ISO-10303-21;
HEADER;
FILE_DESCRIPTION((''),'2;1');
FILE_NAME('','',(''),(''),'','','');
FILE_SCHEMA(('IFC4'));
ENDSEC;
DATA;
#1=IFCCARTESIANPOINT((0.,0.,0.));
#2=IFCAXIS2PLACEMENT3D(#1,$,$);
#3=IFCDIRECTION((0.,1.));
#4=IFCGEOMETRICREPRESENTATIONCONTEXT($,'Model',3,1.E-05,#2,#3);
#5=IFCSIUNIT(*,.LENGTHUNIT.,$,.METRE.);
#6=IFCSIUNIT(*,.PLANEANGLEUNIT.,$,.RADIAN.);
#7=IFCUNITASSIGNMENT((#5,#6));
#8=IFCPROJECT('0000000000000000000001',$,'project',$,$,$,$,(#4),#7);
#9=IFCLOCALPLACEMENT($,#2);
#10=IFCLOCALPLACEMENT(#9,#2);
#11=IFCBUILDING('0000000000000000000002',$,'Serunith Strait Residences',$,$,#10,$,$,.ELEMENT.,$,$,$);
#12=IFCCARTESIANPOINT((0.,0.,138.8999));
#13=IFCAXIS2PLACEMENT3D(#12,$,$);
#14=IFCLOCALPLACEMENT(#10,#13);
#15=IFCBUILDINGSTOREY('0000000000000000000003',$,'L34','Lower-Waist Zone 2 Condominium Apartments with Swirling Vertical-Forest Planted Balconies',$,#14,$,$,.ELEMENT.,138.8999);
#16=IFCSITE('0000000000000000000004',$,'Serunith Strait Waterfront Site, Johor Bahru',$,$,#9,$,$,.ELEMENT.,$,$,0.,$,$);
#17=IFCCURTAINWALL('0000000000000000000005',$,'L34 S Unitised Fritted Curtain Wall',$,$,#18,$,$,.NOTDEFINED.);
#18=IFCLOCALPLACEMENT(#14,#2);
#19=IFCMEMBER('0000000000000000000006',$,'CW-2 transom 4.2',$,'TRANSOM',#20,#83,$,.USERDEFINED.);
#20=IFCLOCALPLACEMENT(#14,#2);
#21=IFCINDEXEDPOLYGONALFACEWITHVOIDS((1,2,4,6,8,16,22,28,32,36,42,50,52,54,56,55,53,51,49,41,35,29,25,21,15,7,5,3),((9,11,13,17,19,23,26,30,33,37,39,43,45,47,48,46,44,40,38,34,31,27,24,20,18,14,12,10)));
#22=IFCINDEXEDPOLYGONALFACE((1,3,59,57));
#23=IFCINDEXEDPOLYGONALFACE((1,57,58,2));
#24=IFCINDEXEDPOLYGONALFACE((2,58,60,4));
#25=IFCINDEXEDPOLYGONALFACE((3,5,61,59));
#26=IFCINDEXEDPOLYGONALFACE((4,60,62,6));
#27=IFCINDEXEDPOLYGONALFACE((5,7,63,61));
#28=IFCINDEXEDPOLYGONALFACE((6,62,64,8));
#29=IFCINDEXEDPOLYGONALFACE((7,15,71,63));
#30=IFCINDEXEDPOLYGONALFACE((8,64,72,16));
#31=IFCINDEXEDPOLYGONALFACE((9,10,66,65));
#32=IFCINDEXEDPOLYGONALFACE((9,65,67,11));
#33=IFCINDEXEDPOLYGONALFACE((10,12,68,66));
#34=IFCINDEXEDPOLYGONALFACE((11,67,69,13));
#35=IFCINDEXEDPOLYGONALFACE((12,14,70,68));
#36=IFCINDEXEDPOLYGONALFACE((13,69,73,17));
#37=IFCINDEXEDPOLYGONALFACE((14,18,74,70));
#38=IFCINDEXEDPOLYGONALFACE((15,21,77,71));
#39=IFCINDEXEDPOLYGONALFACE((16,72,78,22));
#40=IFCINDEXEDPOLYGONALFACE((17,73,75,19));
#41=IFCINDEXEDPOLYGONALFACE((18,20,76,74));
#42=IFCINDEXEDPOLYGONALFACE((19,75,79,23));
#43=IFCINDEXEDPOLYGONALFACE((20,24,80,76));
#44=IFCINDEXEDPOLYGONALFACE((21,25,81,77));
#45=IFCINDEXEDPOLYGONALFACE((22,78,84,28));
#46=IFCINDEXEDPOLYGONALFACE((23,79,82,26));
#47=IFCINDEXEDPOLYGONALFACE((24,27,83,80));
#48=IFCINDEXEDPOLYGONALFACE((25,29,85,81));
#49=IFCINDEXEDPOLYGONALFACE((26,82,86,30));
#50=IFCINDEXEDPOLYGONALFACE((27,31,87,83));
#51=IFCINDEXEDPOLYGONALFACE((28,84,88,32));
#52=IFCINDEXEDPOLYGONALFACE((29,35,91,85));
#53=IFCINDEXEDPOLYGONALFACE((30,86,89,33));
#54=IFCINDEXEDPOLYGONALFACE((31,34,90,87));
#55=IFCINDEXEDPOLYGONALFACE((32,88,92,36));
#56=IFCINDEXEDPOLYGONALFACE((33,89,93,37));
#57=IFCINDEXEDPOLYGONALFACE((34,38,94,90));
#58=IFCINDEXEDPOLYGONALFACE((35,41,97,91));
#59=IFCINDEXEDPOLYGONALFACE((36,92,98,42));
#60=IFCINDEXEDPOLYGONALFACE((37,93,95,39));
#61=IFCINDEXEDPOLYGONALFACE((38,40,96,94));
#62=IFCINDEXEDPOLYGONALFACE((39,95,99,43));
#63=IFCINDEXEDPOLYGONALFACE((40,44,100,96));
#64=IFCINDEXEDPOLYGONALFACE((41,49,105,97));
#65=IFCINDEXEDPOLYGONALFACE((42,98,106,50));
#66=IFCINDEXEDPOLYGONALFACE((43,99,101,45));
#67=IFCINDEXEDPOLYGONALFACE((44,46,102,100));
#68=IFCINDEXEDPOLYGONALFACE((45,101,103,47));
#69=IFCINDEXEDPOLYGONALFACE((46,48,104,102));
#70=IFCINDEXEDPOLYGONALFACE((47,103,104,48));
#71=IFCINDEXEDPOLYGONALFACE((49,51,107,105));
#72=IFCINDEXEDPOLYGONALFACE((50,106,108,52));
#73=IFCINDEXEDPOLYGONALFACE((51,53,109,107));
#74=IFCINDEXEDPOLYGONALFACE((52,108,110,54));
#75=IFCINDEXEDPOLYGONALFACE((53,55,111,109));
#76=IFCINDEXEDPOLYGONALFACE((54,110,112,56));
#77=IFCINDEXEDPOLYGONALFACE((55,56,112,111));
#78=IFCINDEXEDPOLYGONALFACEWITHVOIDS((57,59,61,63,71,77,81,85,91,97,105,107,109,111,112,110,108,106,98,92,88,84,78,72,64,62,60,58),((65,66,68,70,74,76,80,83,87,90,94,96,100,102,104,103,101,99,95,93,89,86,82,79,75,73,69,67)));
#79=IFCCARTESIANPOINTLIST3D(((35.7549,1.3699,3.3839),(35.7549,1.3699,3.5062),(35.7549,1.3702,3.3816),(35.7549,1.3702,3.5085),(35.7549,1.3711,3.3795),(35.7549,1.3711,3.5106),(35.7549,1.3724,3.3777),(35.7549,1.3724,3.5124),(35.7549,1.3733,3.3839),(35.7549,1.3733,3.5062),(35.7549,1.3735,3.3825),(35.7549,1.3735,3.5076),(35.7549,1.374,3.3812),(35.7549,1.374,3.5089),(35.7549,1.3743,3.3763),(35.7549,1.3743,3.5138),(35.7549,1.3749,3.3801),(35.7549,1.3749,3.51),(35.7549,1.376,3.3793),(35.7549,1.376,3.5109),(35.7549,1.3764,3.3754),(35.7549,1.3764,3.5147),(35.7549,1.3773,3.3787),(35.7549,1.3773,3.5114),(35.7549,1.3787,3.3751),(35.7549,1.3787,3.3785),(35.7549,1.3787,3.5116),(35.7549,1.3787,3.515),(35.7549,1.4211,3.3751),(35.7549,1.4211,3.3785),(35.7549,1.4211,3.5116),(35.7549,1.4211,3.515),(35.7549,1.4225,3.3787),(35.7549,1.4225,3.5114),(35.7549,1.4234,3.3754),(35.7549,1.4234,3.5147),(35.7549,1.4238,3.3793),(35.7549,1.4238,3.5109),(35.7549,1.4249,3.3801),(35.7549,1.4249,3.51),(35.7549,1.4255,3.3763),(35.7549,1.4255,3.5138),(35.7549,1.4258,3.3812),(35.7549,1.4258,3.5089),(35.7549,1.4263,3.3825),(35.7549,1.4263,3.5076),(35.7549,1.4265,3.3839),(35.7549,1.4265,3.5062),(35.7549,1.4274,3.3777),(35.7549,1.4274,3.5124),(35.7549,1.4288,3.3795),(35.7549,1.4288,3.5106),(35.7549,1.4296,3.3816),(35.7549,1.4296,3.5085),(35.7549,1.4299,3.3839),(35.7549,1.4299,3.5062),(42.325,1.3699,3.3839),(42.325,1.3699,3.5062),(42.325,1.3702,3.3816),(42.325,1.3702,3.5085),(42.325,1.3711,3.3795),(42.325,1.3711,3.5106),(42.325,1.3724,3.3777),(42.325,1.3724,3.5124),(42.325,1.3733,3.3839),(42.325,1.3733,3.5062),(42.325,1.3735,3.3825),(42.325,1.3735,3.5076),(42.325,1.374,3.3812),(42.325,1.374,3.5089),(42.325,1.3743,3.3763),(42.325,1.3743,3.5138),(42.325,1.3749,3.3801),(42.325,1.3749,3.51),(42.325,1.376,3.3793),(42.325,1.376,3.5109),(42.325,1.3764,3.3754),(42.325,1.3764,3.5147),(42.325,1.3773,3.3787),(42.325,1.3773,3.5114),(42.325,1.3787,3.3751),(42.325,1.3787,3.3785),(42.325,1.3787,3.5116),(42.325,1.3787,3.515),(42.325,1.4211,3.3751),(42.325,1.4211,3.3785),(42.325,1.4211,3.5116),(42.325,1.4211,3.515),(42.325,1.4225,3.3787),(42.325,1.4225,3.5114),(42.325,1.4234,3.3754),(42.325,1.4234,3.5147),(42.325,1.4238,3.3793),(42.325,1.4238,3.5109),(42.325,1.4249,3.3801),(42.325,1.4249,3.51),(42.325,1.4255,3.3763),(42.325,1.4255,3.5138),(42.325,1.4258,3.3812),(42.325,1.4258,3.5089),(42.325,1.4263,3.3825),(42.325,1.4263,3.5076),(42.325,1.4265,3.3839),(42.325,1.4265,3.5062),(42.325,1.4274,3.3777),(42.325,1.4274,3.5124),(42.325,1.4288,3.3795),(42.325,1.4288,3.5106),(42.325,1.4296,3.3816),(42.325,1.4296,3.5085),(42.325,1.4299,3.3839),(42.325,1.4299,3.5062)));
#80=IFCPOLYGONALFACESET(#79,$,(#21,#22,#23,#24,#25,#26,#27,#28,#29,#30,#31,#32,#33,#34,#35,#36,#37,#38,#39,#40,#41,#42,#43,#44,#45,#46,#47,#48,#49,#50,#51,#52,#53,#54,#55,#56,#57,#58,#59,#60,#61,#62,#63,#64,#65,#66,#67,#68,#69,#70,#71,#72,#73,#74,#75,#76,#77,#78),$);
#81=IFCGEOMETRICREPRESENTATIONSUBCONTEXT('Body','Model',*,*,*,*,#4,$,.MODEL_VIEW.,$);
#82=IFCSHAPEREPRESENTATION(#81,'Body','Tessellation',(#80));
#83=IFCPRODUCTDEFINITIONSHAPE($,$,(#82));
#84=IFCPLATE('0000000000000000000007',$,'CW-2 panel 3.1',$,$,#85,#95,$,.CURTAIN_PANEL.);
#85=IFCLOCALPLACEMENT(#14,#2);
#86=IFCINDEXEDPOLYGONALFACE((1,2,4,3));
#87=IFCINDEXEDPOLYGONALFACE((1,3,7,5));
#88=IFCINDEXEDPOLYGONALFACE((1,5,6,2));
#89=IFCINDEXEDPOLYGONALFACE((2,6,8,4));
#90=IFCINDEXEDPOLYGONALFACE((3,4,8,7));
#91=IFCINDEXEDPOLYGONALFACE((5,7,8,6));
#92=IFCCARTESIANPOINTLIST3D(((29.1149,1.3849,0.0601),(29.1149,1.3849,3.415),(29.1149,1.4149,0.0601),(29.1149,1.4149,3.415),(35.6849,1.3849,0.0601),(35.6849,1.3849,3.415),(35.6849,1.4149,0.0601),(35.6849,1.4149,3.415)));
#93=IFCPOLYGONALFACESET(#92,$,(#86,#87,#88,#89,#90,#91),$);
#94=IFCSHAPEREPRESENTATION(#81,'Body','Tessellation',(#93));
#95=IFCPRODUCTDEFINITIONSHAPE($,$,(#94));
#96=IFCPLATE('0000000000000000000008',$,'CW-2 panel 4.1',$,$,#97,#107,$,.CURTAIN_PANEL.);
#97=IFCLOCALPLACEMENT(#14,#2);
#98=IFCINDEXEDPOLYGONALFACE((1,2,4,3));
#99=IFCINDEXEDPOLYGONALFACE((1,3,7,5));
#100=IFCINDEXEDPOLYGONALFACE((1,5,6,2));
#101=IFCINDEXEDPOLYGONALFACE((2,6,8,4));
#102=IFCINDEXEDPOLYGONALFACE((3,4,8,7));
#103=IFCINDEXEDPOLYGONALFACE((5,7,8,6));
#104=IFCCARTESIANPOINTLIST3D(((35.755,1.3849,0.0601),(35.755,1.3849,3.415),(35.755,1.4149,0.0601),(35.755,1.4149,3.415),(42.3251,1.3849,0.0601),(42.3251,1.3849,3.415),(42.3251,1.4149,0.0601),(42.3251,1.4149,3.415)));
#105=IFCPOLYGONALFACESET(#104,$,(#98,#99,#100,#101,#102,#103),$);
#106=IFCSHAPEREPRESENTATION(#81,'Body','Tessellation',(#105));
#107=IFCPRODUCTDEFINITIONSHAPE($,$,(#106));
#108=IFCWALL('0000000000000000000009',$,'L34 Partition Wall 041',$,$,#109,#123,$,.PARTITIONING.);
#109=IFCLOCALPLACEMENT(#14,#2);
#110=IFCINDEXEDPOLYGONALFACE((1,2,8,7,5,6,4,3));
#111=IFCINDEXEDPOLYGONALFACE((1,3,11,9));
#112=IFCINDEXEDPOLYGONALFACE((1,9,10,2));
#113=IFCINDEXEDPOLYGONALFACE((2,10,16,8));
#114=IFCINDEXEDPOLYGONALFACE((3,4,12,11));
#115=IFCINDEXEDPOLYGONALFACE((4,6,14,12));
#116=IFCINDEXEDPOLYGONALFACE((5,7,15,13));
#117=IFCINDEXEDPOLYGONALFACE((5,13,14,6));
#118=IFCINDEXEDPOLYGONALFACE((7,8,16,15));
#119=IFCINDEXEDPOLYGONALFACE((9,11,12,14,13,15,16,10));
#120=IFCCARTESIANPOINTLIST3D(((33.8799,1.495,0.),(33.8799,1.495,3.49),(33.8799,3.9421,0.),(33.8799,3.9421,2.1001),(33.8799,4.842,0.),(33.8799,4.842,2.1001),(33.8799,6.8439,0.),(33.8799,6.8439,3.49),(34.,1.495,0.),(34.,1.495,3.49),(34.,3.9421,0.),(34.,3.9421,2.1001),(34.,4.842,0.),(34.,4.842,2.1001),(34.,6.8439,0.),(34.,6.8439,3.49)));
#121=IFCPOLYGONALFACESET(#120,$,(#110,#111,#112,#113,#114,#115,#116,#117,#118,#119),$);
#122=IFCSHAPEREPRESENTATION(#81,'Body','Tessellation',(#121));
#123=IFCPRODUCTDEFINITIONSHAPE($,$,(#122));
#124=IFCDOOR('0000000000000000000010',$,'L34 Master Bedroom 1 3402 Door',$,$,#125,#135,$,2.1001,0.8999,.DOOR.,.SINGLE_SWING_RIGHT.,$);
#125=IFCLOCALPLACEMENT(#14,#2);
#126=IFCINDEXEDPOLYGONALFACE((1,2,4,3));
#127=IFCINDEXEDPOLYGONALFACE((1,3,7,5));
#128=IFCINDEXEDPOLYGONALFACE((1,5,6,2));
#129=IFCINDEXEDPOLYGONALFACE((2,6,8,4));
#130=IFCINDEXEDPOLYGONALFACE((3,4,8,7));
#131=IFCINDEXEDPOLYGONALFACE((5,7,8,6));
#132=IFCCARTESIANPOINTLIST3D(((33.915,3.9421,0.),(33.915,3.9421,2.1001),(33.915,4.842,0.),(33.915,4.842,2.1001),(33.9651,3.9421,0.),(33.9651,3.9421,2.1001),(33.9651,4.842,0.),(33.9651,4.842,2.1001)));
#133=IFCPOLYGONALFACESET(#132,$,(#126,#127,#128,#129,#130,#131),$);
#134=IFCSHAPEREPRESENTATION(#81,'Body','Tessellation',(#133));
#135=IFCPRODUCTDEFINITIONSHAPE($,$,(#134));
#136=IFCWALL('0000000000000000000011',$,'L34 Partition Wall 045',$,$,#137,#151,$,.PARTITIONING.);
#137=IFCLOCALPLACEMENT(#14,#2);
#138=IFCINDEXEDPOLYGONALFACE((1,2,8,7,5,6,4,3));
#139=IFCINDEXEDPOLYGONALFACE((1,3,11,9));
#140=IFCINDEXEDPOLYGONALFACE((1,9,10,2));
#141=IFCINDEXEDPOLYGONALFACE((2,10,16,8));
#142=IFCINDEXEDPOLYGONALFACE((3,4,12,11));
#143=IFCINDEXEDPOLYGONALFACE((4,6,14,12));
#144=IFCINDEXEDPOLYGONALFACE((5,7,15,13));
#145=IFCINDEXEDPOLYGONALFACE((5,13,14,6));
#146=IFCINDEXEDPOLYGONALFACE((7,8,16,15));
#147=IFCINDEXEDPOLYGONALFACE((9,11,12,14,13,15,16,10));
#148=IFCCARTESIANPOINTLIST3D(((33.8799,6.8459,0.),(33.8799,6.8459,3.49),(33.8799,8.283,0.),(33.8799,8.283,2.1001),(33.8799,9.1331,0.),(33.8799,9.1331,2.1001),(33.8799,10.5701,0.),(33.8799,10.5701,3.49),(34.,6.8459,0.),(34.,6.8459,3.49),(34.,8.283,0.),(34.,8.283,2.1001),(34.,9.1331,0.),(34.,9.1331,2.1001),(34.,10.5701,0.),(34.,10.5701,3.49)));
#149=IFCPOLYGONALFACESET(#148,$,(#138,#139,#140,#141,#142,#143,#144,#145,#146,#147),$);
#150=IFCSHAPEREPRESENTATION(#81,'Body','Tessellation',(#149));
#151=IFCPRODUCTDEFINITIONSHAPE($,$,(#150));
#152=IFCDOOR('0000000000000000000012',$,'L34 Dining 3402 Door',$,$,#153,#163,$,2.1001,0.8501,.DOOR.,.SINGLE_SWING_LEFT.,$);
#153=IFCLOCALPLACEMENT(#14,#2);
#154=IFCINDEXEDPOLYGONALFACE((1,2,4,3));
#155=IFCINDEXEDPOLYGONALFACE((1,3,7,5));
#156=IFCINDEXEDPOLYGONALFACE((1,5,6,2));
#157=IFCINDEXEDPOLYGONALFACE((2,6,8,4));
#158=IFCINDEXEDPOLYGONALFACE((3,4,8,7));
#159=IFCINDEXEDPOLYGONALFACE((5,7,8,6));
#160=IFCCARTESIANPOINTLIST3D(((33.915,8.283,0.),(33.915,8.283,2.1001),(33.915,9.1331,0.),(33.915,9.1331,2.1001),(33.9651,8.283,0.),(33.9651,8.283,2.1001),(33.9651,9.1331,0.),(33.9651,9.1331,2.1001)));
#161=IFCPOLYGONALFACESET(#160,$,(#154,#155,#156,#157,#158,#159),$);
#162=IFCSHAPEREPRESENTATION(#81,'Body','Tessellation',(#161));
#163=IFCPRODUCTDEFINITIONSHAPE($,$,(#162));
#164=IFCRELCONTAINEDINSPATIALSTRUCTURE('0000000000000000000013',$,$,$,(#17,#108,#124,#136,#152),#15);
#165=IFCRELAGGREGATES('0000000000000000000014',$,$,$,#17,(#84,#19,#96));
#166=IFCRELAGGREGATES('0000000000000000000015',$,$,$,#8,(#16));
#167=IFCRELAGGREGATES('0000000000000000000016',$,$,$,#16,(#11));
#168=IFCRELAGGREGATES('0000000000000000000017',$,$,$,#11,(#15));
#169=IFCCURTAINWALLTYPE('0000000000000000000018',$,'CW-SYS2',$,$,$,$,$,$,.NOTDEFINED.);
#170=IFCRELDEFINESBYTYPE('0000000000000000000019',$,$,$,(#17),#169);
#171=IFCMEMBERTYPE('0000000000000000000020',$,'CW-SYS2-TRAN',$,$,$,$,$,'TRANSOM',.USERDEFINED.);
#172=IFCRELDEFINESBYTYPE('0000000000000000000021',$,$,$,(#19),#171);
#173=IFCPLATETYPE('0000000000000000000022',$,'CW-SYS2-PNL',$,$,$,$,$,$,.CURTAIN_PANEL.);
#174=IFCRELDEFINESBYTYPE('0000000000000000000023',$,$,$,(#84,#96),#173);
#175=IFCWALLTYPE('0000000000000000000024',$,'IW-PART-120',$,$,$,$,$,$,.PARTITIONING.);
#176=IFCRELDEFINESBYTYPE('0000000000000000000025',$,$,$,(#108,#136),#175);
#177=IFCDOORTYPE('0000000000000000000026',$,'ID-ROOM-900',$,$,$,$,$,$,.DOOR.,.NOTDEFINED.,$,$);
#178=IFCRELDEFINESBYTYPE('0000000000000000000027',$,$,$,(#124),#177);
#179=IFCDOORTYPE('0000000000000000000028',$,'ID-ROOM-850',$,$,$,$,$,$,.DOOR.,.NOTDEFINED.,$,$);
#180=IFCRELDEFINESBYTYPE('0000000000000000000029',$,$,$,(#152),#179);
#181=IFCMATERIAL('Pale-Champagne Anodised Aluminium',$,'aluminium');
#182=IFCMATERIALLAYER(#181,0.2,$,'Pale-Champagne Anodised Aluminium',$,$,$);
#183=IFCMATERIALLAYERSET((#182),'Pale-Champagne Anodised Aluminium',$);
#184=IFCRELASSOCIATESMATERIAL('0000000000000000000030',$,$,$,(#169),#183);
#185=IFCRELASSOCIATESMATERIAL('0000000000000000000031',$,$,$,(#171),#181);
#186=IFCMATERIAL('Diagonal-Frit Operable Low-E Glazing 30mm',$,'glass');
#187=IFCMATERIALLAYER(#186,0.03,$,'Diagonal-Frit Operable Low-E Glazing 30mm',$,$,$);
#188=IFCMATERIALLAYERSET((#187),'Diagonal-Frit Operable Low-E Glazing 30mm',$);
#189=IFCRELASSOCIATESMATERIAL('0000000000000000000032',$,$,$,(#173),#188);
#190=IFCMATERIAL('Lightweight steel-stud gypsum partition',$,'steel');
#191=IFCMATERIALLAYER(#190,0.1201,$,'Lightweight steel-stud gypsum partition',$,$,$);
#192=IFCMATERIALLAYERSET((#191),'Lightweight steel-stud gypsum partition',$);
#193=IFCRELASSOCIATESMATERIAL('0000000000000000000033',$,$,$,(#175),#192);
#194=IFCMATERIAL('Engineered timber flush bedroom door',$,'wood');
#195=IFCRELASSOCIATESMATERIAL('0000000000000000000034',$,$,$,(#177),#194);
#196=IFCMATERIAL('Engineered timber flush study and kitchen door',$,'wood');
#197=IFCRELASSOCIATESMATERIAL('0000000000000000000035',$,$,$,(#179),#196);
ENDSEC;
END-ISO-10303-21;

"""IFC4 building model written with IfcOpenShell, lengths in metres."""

from ifc_helpers import new_model, si_unit, direction, frame, frame_2d, origin, origin_2d, place, context, subcontext, project, spatial, rectangle, hollow_rectangle, extrude, source, transform, mapped, material, layer, layer_set, material_profile, profile_set, type_object, element, fill, aggregate, save


model = new_model("IFC4")

# Units and contexts
model_context = context("Model", 3, precision=1e-05, world=origin(), true_north=direction((0.0, 1.0)))
body_context = subcontext(model_context, "Body", "Model", "MODEL_VIEW")
ifc_project = project(units=[si_unit("LENGTHUNIT", "METRE"), si_unit("PLANEANGLEUNIT", "RADIAN")], contexts=[model_context])

# Site, building, storey
site_placement = place(None, origin())
site = spatial("IfcSite", under=ifc_project, at=site_placement, Name="Serunith Strait Waterfront Site, Johor Bahru", CompositionType="ELEMENT", RefElevation=0.0)
building_placement = place(site_placement, origin())
building = spatial("IfcBuilding", under=site, at=building_placement, Name="Serunith Strait Residences", CompositionType="ELEMENT")
storey_placement = place(building_placement, frame((0.0, 0.0, 138.8999)))
storey = spatial("IfcBuildingStorey", under=building, at=storey_placement, Name="L34", Description="Lower-Waist Zone 2 Condominium Apartments with Swirling Vertical-Forest Planted Balconies", CompositionType="ELEMENT", Elevation=138.8999)

# Curtain wall, member, plates
ifc_material_1 = material(Name="Pale-Champagne Anodised Aluminium", Category="aluminium")
ifc_layer_1 = layer(ifc_material_1, 0.2, Name="Pale-Champagne Anodised Aluminium")
ifc_layer_set_1 = layer_set([ifc_layer_1], Name="Pale-Champagne Anodised Aluminium")
curtain_wall_type = type_object("IfcCurtainWallType", Name="CW-SYS2", PredefinedType="NOTDEFINED", material=ifc_layer_set_1)
curtain_wall_placement = place(storey_placement, origin())
curtain_wall = element("IfcCurtainWall", 1, at=curtain_wall_placement, inside=storey, type_object=curtain_wall_type, Name="L34 S Unitised Fritted Curtain Wall", PredefinedType="NOTDEFINED")
ifc_material_profile_1 = material_profile(ifc_material_1, hollow_rectangle(XDim=0.0601, YDim=0.1399, WallThickness=0.0034, InnerFilletRadius=0.0054, OuterFilletRadius=0.0088, at=origin_2d()), Name="ALU 140x60x3.5")
ifc_profile_set_1 = profile_set([ifc_material_profile_1], Name="Pale-Champagne Anodised Aluminium")
member_type_1 = type_object("IfcMemberType", Name="CW-SYS2-TRAN", ElementType="TRANSOM", PredefinedType="USERDEFINED", material=ifc_profile_set_1)
shared_shape_1 = source(origin(), body_context, "Body", "SweptSolid", [
    extrude(hollow_rectangle(XDim=0.0601, YDim=0.1399, WallThickness=0.0034, InnerFilletRadius=0.0054, OuterFilletRadius=0.0088, at=origin_2d()), origin(), (0.0, 0.0, 1.0), 6.5701),
])
member_1_placement = place(storey_placement, frame((35.7549, 1.3999, 3.4451), z_axis=(1.0, 0.0, 0.0), x_axis=(0.0, 1.0, 0.0)))
member_1 = element("IfcMember", 2, at=member_1_placement, type_object=member_type_1, Name="CW-2 transom 4.2", ObjectType="TRANSOM", PredefinedType="USERDEFINED", context=body_context, shape_type="MappedRepresentation", body=[
    mapped(shared_shape_1, transform((0.0, 0.0, 0.0), scale=1.0)),
])
ifc_material_2 = material(Name="Diagonal-Frit Operable Low-E Glazing 30mm", Category="glass")
ifc_layer_2 = layer(ifc_material_2, 0.03, Name="Diagonal-Frit Operable Low-E Glazing 30mm")
ifc_layer_set_2 = layer_set([ifc_layer_2], Name="Diagonal-Frit Operable Low-E Glazing 30mm")
plate_type = type_object("IfcPlateType", Name="CW-SYS2-PNL", PredefinedType="CURTAIN_PANEL", material=ifc_layer_set_2)
shared_shape_2 = source(origin(), body_context, "Body", "SweptSolid", [
    extrude(rectangle(XDim=6.5701, YDim=0.03, at=origin_2d()), origin(), (0.0, 0.0, 1.0), 3.355),
])
plate_1_placement = place(storey_placement, frame((32.3999, 1.3999, 0.0601), z_axis=(0.0, 0.0, 1.0), x_axis=(1.0, 0.0, 0.0)))
plate_1 = element("IfcPlate", 3, at=plate_1_placement, type_object=plate_type, Name="CW-2 panel 3.1", PredefinedType="CURTAIN_PANEL", context=body_context, shape_type="MappedRepresentation", body=[
    mapped(shared_shape_2, transform((0.0, 0.0, 0.0), scale=1.0)),
])
plate_2_placement = place(storey_placement, frame((39.04, 1.3999, 0.0601), z_axis=(0.0, 0.0, 1.0), x_axis=(1.0, 0.0, 0.0)))
plate_2 = element("IfcPlate", 4, at=plate_2_placement, type_object=plate_type, Name="CW-2 panel 4.1", PredefinedType="CURTAIN_PANEL", context=body_context, shape_type="MappedRepresentation", body=[
    mapped(shared_shape_2, transform((0.0, 0.0, 0.0), scale=1.0)),
])
aggregate(curtain_wall, [plate_1, member_1, plate_2])

# Walls, openings, doors
ifc_material_3 = material(Name="Lightweight steel-stud gypsum partition", Category="steel")
ifc_layer_3 = layer(ifc_material_3, 0.1201, Name="Lightweight steel-stud gypsum partition")
ifc_layer_set_3 = layer_set([ifc_layer_3], Name="Lightweight steel-stud gypsum partition")
wall_type_1 = type_object("IfcWallType", Name="IW-PART-120", PredefinedType="PARTITIONING", material=ifc_layer_set_3)
wall_1_placement = place(storey_placement, frame((33.9399, 1.4951, 0.0), z_axis=(0.0, 0.0, 1.0), x_axis=(0.0, 1.0, 0.0)))
wall_1 = element("IfcWall", 5, at=wall_1_placement, inside=storey, type_object=wall_type_1, Name="L34 Partition Wall 041", PredefinedType="PARTITIONING", context=body_context, shape_type="SweptSolid", body=[
    extrude(rectangle(XDim=5.3489, YDim=0.1201, at=frame_2d((2.6743, 0.0))), origin(), (0.0, 0.0, 1.0), 3.49),
])
opening_1_placement = place(wall_1_placement, frame((2.447, 0.0, 0.0)))
opening_1 = element("IfcOpeningElement", 6, at=opening_1_placement, cuts=wall_1, PredefinedType="OPENING", context=body_context, shape_type="SweptSolid", body=[
    extrude(rectangle(XDim=0.8999, YDim=2.1001, at=frame_2d((0.45, 1.05))), frame((0.0, 0.0701, 0.0), z_axis=(0.0, -1.0, 0.0), x_axis=(1.0, 0.0, 0.0)), (0.0, 0.0, 1.0), 0.1401),
])
ifc_material_4 = material(Name="Engineered timber flush bedroom door", Category="wood")
door_type_1 = type_object("IfcDoorType", Name="ID-ROOM-900", OperationType="NOTDEFINED", PredefinedType="DOOR", material=ifc_material_4)
shared_shape_3 = source(origin(), body_context, "Body", "SweptSolid", [
    extrude(rectangle(XDim=0.8999, YDim=2.1001, at=frame_2d((0.45, 1.05))), frame((0.0, 0.0249, 0.0), z_axis=(0.0, -1.0, 0.0), x_axis=(1.0, 0.0, 0.0)), (0.0, 0.0, 1.0), 0.05),
])
door_1_placement = place(opening_1_placement, origin())
door_1 = element("IfcDoor", 7, at=door_1_placement, inside=storey, type_object=door_type_1, Name="L34 Master Bedroom 1 3402 Door", OperationType="SINGLE_SWING_RIGHT", OverallHeight=2.1001, OverallWidth=0.8999, PredefinedType="DOOR", context=body_context, shape_type="MappedRepresentation", body=[
    mapped(shared_shape_3, transform((0.0, 0.0, 0.0), scale=1.0)),
])
fill(opening_1, door_1)
wall_2_placement = place(storey_placement, frame((33.9399, 6.8459, 0.0), z_axis=(0.0, 0.0, 1.0), x_axis=(0.0, 1.0, 0.0)))
wall_2 = element("IfcWall", 8, at=wall_2_placement, inside=storey, type_object=wall_type_1, Name="L34 Partition Wall 045", PredefinedType="PARTITIONING", context=body_context, shape_type="SweptSolid", body=[
    extrude(rectangle(XDim=3.7241, YDim=0.1201, at=frame_2d((1.8621, 0.0))), origin(), (0.0, 0.0, 1.0), 3.49),
])
opening_2_placement = place(wall_2_placement, frame((1.437, 0.0, 0.0)))
opening_2 = element("IfcOpeningElement", 9, at=opening_2_placement, cuts=wall_2, PredefinedType="OPENING", context=body_context, shape_type="SweptSolid", body=[
    extrude(rectangle(XDim=0.8501, YDim=2.1001, at=frame_2d((0.425, 1.05))), frame((0.0, 0.0701, 0.0), z_axis=(0.0, -1.0, 0.0), x_axis=(1.0, 0.0, 0.0)), (0.0, 0.0, 1.0), 0.1401),
])
ifc_material_5 = material(Name="Engineered timber flush study and kitchen door", Category="wood")
door_type_2 = type_object("IfcDoorType", Name="ID-ROOM-850", OperationType="NOTDEFINED", PredefinedType="DOOR", material=ifc_material_5)
shared_shape_4 = source(origin(), body_context, "Body", "SweptSolid", [
    extrude(rectangle(XDim=0.8501, YDim=2.1001, at=frame_2d((0.425, 1.05))), frame((0.0, 0.0249, 0.0), z_axis=(0.0, -1.0, 0.0), x_axis=(1.0, 0.0, 0.0)), (0.0, 0.0, 1.0), 0.05),
])
door_2_placement = place(opening_2_placement, origin())
door_2 = element("IfcDoor", 10, at=door_2_placement, inside=storey, type_object=door_type_2, Name="L34 Dining 3402 Door", OperationType="SINGLE_SWING_LEFT", OverallHeight=2.1001, OverallWidth=0.8501, PredefinedType="DOOR", context=body_context, shape_type="MappedRepresentation", body=[
    mapped(shared_shape_4, transform((0.0, 0.0, 0.0), scale=1.0)),
])
fill(opening_2, door_2)

save(model, "model.ifc")
